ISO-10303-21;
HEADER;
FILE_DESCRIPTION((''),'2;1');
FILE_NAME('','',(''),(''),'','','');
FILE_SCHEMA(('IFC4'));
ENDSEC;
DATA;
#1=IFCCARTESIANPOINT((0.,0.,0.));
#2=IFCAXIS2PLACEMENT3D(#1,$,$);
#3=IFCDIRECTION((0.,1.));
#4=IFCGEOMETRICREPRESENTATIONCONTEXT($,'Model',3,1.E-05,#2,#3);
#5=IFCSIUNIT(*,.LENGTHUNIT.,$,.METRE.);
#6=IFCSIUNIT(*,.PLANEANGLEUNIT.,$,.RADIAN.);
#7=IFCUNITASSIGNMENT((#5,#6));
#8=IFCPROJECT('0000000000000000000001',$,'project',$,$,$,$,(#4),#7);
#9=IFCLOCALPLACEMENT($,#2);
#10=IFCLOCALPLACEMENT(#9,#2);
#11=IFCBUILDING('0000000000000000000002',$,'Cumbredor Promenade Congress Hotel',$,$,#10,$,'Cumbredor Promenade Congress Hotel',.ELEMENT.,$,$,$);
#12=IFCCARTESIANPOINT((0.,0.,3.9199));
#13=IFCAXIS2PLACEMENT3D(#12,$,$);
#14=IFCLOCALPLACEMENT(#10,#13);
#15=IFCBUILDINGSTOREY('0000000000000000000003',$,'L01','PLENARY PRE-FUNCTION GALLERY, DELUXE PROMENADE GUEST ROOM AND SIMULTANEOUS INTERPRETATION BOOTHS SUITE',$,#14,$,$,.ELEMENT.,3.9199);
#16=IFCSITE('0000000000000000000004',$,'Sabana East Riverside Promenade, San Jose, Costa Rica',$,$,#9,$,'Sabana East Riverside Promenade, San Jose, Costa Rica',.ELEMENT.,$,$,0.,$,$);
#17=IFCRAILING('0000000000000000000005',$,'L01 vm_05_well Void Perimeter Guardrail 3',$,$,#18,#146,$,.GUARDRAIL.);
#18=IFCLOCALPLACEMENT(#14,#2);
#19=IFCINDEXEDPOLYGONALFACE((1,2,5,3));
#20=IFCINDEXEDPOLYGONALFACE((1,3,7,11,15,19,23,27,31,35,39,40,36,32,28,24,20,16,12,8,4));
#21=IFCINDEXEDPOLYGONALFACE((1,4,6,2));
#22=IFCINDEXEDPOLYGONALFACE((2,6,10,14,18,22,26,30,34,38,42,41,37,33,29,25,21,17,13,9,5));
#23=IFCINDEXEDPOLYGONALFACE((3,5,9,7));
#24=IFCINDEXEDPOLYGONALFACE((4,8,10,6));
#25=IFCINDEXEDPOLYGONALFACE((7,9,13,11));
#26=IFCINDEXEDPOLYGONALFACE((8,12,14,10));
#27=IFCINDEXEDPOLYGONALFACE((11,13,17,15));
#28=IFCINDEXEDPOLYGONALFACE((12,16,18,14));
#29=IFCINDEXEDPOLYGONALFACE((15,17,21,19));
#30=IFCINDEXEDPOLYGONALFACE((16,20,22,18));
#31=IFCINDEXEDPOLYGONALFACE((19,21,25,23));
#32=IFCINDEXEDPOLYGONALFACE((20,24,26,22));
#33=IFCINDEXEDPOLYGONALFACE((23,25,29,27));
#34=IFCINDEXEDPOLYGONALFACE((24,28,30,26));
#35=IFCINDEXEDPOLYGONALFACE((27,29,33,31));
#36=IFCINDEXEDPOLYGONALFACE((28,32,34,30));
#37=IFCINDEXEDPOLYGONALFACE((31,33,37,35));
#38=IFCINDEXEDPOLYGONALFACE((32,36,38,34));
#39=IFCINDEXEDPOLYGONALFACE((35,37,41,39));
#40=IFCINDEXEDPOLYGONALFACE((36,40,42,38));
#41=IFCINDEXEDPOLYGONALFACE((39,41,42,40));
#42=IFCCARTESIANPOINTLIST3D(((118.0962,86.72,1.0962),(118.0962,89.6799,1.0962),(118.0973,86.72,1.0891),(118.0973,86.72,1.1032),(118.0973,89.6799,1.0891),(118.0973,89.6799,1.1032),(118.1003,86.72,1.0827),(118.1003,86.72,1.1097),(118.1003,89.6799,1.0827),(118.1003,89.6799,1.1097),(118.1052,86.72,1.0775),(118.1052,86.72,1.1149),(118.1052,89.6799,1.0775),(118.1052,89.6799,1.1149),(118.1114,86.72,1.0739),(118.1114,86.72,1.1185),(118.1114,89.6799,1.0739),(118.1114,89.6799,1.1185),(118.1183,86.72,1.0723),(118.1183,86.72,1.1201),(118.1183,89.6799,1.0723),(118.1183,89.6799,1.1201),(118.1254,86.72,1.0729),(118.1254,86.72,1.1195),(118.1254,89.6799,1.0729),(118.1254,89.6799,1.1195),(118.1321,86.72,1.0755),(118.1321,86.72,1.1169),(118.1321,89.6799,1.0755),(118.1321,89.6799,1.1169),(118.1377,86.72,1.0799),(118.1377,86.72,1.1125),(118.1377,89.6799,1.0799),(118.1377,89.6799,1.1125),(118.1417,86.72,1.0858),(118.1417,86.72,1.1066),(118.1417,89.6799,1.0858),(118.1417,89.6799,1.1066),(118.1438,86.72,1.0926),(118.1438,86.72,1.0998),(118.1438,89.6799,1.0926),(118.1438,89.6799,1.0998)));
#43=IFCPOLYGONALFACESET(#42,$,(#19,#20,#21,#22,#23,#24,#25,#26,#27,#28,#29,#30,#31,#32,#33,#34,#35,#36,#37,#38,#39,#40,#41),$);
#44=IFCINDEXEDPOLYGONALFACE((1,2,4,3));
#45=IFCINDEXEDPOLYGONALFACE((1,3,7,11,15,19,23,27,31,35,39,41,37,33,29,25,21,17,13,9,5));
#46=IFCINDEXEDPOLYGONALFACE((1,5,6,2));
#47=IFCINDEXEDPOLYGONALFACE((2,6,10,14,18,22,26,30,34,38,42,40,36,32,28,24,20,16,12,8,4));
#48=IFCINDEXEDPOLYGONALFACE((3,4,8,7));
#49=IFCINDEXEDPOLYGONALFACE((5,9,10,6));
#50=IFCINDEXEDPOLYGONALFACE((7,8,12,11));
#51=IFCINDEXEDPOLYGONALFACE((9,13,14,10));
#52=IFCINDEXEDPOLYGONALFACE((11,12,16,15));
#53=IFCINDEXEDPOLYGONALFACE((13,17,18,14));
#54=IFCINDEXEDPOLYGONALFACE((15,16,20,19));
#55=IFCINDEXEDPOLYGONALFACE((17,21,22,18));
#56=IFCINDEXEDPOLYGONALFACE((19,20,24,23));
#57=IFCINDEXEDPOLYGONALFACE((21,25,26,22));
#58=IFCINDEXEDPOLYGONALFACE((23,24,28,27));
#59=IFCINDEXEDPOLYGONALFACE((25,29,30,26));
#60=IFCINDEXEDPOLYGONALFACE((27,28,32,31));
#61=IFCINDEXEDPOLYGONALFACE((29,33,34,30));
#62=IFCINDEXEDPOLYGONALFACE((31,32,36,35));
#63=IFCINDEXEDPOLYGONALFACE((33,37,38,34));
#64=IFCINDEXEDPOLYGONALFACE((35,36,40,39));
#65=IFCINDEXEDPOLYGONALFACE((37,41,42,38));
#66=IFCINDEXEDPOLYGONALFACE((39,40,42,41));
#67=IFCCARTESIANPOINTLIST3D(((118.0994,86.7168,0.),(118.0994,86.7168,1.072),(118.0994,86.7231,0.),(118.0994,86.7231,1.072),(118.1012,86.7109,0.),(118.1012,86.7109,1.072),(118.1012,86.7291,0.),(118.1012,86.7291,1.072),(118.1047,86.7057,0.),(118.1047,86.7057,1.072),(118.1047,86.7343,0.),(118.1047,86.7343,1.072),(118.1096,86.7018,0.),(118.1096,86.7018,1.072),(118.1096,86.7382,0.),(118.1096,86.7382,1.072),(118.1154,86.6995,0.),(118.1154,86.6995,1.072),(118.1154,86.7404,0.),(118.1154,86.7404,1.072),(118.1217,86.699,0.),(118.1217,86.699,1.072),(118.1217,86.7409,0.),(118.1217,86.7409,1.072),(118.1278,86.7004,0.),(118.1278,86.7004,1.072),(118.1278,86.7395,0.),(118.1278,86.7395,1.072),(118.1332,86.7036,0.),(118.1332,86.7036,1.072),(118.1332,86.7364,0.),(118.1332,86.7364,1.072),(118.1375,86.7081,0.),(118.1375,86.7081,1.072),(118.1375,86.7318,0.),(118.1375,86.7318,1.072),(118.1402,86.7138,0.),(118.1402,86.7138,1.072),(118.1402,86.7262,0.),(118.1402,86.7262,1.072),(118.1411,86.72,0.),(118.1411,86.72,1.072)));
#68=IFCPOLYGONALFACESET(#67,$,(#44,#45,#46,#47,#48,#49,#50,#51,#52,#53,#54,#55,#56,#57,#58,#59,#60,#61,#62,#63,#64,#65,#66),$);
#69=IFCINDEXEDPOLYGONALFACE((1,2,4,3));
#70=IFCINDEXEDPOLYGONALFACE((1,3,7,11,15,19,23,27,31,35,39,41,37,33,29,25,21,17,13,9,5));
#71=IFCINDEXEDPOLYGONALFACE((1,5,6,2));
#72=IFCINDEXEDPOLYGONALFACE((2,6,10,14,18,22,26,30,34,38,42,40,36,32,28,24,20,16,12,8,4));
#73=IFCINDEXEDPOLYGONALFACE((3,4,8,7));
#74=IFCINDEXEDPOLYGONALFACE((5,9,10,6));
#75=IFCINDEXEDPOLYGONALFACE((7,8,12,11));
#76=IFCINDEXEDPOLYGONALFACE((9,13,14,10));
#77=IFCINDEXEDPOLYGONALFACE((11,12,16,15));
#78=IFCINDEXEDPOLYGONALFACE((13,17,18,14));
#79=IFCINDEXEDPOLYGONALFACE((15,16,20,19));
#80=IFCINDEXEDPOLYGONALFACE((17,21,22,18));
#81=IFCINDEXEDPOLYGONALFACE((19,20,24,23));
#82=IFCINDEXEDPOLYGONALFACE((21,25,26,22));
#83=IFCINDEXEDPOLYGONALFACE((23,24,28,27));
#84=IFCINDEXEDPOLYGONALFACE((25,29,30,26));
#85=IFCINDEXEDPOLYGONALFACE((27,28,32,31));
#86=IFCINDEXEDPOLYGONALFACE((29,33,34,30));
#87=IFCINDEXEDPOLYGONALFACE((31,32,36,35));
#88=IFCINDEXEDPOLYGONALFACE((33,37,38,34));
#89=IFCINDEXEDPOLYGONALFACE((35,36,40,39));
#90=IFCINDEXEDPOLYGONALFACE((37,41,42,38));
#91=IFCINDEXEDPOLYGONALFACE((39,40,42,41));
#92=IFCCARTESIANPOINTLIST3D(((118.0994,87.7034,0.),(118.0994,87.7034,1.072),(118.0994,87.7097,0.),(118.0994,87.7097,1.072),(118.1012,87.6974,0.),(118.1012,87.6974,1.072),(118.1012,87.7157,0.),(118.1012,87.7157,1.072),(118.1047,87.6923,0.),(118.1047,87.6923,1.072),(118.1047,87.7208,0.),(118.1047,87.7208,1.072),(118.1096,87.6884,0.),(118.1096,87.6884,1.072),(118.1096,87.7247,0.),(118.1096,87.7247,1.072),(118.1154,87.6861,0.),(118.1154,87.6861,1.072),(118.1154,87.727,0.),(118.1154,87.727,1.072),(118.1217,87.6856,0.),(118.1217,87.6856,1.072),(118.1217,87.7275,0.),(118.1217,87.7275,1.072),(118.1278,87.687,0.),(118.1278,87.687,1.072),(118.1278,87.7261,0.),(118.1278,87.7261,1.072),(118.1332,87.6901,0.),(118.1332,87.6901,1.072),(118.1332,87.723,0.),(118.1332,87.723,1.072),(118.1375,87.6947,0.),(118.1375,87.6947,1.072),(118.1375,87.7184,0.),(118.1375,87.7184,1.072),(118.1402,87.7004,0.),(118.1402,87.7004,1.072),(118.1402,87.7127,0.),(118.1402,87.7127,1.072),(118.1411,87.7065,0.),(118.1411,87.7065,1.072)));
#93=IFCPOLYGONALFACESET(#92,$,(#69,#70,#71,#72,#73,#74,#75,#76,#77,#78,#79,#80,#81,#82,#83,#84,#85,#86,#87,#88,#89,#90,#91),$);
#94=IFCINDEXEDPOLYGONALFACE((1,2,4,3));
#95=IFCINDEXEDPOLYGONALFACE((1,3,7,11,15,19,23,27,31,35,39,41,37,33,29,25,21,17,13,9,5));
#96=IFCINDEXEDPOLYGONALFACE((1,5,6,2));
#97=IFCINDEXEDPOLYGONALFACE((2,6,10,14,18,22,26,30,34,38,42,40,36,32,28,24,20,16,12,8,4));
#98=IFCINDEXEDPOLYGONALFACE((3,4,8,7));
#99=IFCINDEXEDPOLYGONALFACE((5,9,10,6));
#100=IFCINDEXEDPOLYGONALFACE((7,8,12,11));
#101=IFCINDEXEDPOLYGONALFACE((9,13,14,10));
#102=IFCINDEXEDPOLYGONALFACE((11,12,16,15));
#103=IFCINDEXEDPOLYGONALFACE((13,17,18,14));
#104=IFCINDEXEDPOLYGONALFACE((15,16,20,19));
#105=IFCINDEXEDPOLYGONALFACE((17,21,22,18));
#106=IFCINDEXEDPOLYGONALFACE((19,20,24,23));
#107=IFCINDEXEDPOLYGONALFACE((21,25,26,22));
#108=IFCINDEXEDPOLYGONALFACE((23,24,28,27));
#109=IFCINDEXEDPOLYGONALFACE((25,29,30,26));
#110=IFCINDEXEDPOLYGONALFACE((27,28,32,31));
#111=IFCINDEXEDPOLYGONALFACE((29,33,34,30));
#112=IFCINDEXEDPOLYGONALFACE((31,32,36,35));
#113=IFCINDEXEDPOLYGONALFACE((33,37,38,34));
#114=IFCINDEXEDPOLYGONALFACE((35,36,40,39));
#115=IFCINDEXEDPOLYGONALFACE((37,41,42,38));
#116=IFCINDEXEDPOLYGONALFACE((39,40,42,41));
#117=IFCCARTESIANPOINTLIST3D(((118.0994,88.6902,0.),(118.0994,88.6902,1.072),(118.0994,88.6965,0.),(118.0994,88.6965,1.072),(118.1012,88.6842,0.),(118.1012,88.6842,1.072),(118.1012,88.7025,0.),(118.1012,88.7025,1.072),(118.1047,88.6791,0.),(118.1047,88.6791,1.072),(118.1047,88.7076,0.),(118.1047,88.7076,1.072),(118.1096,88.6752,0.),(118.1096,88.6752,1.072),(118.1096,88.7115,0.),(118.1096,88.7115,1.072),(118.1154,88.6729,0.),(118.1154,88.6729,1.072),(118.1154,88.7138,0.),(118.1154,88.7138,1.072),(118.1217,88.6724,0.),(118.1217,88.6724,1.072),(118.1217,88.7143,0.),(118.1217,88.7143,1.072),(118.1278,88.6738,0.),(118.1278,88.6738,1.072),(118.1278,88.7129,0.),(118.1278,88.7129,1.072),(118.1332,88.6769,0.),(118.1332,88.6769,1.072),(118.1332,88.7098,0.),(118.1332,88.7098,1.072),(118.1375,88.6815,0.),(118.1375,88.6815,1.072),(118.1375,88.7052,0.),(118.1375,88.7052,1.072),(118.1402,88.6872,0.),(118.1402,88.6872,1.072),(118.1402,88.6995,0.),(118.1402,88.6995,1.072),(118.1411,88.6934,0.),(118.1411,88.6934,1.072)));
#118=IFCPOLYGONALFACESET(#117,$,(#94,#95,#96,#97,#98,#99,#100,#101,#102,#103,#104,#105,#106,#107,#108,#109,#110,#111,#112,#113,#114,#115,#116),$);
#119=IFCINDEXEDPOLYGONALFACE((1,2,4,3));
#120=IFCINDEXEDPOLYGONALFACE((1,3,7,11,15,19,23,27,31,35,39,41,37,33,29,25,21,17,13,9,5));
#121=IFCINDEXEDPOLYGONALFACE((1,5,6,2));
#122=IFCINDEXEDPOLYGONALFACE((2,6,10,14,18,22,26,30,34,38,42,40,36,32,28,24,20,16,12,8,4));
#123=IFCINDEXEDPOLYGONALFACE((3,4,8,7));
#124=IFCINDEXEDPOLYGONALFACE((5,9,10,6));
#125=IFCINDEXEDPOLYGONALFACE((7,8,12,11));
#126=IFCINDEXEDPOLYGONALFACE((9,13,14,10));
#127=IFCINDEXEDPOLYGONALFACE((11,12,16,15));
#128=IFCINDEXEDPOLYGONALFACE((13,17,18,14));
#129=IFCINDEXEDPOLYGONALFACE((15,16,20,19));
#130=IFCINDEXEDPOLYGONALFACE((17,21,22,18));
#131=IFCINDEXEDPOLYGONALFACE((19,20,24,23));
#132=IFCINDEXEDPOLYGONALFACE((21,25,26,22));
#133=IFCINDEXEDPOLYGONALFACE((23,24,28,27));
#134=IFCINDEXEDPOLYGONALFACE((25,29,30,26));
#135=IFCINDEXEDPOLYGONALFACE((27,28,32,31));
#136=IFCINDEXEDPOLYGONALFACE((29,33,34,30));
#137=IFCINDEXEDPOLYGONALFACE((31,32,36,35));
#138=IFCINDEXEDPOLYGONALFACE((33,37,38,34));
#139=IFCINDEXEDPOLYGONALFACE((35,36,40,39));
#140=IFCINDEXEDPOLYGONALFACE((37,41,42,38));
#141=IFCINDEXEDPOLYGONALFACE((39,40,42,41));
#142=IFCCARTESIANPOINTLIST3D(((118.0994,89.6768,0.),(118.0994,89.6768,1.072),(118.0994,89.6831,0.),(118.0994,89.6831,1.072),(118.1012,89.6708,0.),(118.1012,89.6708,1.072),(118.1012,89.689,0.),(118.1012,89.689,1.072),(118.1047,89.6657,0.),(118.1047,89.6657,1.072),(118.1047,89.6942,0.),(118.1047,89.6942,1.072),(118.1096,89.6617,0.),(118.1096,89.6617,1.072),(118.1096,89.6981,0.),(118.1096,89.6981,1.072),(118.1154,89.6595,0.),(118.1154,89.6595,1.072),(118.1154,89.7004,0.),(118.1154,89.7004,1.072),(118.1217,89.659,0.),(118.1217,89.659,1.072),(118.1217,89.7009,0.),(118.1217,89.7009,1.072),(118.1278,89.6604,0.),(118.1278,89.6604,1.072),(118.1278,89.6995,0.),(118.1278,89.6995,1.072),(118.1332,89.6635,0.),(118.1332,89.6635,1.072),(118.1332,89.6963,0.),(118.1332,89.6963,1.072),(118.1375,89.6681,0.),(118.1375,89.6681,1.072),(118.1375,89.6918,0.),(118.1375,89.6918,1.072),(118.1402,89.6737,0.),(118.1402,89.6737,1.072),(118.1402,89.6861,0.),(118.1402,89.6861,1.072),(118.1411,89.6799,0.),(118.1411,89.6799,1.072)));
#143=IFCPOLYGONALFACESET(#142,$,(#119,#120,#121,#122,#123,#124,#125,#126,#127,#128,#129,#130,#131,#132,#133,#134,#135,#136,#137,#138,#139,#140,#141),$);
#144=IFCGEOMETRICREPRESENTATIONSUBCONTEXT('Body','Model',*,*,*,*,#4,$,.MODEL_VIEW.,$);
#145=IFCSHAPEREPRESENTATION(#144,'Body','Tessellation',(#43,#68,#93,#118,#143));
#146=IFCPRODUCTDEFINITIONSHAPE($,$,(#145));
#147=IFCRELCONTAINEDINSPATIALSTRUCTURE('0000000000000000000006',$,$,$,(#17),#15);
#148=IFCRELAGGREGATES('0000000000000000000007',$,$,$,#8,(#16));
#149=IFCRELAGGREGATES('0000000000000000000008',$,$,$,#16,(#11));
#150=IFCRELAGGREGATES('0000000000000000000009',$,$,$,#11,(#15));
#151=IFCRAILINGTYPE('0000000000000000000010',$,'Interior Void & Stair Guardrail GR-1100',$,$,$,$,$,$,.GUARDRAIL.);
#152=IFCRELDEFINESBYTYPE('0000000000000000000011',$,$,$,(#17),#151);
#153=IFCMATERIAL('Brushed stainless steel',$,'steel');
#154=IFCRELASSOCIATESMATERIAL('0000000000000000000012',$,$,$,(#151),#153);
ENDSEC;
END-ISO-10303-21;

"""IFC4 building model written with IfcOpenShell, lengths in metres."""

from ifc_helpers import new_model, si_unit, direction, frame, origin, origin_2d, place, context, subcontext, project, spatial, circle, extrude, material, type_object, element, save


model = new_model("IFC4")

# Units and contexts
model_context = context("Model", 3, precision=1e-05, world=origin(), true_north=direction((0.0, 1.0)))
body_context = subcontext(model_context, "Body", "Model", "MODEL_VIEW")
ifc_project = project(units=[si_unit("LENGTHUNIT", "METRE"), si_unit("PLANEANGLEUNIT", "RADIAN")], contexts=[model_context])

# Site, building, storey
site_placement = place(None, origin())
site = spatial("IfcSite", under=ifc_project, at=site_placement, Name="Sabana East Riverside Promenade, San Jose, Costa Rica", LongName="Sabana East Riverside Promenade, San Jose, Costa Rica", CompositionType="ELEMENT", RefElevation=0.0)
building_placement = place(site_placement, origin())
building = spatial("IfcBuilding", under=site, at=building_placement, Name="Cumbredor Promenade Congress Hotel", LongName="Cumbredor Promenade Congress Hotel", CompositionType="ELEMENT")
storey_placement = place(building_placement, frame((0.0, 0.0, 3.9199)))
storey = spatial("IfcBuildingStorey", under=building, at=storey_placement, Name="L01", Description="PLENARY PRE-FUNCTION GALLERY, DELUXE PROMENADE GUEST ROOM AND SIMULTANEOUS INTERPRETATION BOOTHS SUITE", CompositionType="ELEMENT", Elevation=3.9199)

# Railing
ifc_material_1 = material(Name="Brushed stainless steel", Category="steel")
railing_type = type_object("IfcRailingType", Name="Interior Void & Stair Guardrail GR-1100", PredefinedType="GUARDRAIL", material=ifc_material_1)
railing_1_placement = place(storey_placement, frame((118.1201, 86.72, 0.0)))
element("IfcRailing", 1, at=railing_1_placement, inside=storey, type_object=railing_type, Name="L01 vm_05_well Void Perimeter Guardrail 3", PredefinedType="GUARDRAIL", context=body_context, shape_type="SweptSolid", body=[
    extrude(circle(Radius=0.0239, at=origin_2d()), frame((0.0, 0.0, 1.0962), z_axis=(0.0, 1.0, 0.0), x_axis=(-1.0, 0.0, 0.0)), (0.0, 0.0, 1.0), 2.96),
    extrude(circle(Radius=0.021, at=origin_2d()), origin(), (0.0, 0.0, 1.0), 1.072),
    extrude(circle(Radius=0.021, at=origin_2d()), frame((0.0, 0.9866, 0.0)), (0.0, 0.0, 1.0), 1.072),
    extrude(circle(Radius=0.021, at=origin_2d()), frame((0.0, 1.9734, 0.0)), (0.0, 0.0, 1.0), 1.072),
    extrude(circle(Radius=0.021, at=origin_2d()), frame((0.0, 2.96, 0.0)), (0.0, 0.0, 1.0), 1.072),
])

save(model, "model.ifc")
